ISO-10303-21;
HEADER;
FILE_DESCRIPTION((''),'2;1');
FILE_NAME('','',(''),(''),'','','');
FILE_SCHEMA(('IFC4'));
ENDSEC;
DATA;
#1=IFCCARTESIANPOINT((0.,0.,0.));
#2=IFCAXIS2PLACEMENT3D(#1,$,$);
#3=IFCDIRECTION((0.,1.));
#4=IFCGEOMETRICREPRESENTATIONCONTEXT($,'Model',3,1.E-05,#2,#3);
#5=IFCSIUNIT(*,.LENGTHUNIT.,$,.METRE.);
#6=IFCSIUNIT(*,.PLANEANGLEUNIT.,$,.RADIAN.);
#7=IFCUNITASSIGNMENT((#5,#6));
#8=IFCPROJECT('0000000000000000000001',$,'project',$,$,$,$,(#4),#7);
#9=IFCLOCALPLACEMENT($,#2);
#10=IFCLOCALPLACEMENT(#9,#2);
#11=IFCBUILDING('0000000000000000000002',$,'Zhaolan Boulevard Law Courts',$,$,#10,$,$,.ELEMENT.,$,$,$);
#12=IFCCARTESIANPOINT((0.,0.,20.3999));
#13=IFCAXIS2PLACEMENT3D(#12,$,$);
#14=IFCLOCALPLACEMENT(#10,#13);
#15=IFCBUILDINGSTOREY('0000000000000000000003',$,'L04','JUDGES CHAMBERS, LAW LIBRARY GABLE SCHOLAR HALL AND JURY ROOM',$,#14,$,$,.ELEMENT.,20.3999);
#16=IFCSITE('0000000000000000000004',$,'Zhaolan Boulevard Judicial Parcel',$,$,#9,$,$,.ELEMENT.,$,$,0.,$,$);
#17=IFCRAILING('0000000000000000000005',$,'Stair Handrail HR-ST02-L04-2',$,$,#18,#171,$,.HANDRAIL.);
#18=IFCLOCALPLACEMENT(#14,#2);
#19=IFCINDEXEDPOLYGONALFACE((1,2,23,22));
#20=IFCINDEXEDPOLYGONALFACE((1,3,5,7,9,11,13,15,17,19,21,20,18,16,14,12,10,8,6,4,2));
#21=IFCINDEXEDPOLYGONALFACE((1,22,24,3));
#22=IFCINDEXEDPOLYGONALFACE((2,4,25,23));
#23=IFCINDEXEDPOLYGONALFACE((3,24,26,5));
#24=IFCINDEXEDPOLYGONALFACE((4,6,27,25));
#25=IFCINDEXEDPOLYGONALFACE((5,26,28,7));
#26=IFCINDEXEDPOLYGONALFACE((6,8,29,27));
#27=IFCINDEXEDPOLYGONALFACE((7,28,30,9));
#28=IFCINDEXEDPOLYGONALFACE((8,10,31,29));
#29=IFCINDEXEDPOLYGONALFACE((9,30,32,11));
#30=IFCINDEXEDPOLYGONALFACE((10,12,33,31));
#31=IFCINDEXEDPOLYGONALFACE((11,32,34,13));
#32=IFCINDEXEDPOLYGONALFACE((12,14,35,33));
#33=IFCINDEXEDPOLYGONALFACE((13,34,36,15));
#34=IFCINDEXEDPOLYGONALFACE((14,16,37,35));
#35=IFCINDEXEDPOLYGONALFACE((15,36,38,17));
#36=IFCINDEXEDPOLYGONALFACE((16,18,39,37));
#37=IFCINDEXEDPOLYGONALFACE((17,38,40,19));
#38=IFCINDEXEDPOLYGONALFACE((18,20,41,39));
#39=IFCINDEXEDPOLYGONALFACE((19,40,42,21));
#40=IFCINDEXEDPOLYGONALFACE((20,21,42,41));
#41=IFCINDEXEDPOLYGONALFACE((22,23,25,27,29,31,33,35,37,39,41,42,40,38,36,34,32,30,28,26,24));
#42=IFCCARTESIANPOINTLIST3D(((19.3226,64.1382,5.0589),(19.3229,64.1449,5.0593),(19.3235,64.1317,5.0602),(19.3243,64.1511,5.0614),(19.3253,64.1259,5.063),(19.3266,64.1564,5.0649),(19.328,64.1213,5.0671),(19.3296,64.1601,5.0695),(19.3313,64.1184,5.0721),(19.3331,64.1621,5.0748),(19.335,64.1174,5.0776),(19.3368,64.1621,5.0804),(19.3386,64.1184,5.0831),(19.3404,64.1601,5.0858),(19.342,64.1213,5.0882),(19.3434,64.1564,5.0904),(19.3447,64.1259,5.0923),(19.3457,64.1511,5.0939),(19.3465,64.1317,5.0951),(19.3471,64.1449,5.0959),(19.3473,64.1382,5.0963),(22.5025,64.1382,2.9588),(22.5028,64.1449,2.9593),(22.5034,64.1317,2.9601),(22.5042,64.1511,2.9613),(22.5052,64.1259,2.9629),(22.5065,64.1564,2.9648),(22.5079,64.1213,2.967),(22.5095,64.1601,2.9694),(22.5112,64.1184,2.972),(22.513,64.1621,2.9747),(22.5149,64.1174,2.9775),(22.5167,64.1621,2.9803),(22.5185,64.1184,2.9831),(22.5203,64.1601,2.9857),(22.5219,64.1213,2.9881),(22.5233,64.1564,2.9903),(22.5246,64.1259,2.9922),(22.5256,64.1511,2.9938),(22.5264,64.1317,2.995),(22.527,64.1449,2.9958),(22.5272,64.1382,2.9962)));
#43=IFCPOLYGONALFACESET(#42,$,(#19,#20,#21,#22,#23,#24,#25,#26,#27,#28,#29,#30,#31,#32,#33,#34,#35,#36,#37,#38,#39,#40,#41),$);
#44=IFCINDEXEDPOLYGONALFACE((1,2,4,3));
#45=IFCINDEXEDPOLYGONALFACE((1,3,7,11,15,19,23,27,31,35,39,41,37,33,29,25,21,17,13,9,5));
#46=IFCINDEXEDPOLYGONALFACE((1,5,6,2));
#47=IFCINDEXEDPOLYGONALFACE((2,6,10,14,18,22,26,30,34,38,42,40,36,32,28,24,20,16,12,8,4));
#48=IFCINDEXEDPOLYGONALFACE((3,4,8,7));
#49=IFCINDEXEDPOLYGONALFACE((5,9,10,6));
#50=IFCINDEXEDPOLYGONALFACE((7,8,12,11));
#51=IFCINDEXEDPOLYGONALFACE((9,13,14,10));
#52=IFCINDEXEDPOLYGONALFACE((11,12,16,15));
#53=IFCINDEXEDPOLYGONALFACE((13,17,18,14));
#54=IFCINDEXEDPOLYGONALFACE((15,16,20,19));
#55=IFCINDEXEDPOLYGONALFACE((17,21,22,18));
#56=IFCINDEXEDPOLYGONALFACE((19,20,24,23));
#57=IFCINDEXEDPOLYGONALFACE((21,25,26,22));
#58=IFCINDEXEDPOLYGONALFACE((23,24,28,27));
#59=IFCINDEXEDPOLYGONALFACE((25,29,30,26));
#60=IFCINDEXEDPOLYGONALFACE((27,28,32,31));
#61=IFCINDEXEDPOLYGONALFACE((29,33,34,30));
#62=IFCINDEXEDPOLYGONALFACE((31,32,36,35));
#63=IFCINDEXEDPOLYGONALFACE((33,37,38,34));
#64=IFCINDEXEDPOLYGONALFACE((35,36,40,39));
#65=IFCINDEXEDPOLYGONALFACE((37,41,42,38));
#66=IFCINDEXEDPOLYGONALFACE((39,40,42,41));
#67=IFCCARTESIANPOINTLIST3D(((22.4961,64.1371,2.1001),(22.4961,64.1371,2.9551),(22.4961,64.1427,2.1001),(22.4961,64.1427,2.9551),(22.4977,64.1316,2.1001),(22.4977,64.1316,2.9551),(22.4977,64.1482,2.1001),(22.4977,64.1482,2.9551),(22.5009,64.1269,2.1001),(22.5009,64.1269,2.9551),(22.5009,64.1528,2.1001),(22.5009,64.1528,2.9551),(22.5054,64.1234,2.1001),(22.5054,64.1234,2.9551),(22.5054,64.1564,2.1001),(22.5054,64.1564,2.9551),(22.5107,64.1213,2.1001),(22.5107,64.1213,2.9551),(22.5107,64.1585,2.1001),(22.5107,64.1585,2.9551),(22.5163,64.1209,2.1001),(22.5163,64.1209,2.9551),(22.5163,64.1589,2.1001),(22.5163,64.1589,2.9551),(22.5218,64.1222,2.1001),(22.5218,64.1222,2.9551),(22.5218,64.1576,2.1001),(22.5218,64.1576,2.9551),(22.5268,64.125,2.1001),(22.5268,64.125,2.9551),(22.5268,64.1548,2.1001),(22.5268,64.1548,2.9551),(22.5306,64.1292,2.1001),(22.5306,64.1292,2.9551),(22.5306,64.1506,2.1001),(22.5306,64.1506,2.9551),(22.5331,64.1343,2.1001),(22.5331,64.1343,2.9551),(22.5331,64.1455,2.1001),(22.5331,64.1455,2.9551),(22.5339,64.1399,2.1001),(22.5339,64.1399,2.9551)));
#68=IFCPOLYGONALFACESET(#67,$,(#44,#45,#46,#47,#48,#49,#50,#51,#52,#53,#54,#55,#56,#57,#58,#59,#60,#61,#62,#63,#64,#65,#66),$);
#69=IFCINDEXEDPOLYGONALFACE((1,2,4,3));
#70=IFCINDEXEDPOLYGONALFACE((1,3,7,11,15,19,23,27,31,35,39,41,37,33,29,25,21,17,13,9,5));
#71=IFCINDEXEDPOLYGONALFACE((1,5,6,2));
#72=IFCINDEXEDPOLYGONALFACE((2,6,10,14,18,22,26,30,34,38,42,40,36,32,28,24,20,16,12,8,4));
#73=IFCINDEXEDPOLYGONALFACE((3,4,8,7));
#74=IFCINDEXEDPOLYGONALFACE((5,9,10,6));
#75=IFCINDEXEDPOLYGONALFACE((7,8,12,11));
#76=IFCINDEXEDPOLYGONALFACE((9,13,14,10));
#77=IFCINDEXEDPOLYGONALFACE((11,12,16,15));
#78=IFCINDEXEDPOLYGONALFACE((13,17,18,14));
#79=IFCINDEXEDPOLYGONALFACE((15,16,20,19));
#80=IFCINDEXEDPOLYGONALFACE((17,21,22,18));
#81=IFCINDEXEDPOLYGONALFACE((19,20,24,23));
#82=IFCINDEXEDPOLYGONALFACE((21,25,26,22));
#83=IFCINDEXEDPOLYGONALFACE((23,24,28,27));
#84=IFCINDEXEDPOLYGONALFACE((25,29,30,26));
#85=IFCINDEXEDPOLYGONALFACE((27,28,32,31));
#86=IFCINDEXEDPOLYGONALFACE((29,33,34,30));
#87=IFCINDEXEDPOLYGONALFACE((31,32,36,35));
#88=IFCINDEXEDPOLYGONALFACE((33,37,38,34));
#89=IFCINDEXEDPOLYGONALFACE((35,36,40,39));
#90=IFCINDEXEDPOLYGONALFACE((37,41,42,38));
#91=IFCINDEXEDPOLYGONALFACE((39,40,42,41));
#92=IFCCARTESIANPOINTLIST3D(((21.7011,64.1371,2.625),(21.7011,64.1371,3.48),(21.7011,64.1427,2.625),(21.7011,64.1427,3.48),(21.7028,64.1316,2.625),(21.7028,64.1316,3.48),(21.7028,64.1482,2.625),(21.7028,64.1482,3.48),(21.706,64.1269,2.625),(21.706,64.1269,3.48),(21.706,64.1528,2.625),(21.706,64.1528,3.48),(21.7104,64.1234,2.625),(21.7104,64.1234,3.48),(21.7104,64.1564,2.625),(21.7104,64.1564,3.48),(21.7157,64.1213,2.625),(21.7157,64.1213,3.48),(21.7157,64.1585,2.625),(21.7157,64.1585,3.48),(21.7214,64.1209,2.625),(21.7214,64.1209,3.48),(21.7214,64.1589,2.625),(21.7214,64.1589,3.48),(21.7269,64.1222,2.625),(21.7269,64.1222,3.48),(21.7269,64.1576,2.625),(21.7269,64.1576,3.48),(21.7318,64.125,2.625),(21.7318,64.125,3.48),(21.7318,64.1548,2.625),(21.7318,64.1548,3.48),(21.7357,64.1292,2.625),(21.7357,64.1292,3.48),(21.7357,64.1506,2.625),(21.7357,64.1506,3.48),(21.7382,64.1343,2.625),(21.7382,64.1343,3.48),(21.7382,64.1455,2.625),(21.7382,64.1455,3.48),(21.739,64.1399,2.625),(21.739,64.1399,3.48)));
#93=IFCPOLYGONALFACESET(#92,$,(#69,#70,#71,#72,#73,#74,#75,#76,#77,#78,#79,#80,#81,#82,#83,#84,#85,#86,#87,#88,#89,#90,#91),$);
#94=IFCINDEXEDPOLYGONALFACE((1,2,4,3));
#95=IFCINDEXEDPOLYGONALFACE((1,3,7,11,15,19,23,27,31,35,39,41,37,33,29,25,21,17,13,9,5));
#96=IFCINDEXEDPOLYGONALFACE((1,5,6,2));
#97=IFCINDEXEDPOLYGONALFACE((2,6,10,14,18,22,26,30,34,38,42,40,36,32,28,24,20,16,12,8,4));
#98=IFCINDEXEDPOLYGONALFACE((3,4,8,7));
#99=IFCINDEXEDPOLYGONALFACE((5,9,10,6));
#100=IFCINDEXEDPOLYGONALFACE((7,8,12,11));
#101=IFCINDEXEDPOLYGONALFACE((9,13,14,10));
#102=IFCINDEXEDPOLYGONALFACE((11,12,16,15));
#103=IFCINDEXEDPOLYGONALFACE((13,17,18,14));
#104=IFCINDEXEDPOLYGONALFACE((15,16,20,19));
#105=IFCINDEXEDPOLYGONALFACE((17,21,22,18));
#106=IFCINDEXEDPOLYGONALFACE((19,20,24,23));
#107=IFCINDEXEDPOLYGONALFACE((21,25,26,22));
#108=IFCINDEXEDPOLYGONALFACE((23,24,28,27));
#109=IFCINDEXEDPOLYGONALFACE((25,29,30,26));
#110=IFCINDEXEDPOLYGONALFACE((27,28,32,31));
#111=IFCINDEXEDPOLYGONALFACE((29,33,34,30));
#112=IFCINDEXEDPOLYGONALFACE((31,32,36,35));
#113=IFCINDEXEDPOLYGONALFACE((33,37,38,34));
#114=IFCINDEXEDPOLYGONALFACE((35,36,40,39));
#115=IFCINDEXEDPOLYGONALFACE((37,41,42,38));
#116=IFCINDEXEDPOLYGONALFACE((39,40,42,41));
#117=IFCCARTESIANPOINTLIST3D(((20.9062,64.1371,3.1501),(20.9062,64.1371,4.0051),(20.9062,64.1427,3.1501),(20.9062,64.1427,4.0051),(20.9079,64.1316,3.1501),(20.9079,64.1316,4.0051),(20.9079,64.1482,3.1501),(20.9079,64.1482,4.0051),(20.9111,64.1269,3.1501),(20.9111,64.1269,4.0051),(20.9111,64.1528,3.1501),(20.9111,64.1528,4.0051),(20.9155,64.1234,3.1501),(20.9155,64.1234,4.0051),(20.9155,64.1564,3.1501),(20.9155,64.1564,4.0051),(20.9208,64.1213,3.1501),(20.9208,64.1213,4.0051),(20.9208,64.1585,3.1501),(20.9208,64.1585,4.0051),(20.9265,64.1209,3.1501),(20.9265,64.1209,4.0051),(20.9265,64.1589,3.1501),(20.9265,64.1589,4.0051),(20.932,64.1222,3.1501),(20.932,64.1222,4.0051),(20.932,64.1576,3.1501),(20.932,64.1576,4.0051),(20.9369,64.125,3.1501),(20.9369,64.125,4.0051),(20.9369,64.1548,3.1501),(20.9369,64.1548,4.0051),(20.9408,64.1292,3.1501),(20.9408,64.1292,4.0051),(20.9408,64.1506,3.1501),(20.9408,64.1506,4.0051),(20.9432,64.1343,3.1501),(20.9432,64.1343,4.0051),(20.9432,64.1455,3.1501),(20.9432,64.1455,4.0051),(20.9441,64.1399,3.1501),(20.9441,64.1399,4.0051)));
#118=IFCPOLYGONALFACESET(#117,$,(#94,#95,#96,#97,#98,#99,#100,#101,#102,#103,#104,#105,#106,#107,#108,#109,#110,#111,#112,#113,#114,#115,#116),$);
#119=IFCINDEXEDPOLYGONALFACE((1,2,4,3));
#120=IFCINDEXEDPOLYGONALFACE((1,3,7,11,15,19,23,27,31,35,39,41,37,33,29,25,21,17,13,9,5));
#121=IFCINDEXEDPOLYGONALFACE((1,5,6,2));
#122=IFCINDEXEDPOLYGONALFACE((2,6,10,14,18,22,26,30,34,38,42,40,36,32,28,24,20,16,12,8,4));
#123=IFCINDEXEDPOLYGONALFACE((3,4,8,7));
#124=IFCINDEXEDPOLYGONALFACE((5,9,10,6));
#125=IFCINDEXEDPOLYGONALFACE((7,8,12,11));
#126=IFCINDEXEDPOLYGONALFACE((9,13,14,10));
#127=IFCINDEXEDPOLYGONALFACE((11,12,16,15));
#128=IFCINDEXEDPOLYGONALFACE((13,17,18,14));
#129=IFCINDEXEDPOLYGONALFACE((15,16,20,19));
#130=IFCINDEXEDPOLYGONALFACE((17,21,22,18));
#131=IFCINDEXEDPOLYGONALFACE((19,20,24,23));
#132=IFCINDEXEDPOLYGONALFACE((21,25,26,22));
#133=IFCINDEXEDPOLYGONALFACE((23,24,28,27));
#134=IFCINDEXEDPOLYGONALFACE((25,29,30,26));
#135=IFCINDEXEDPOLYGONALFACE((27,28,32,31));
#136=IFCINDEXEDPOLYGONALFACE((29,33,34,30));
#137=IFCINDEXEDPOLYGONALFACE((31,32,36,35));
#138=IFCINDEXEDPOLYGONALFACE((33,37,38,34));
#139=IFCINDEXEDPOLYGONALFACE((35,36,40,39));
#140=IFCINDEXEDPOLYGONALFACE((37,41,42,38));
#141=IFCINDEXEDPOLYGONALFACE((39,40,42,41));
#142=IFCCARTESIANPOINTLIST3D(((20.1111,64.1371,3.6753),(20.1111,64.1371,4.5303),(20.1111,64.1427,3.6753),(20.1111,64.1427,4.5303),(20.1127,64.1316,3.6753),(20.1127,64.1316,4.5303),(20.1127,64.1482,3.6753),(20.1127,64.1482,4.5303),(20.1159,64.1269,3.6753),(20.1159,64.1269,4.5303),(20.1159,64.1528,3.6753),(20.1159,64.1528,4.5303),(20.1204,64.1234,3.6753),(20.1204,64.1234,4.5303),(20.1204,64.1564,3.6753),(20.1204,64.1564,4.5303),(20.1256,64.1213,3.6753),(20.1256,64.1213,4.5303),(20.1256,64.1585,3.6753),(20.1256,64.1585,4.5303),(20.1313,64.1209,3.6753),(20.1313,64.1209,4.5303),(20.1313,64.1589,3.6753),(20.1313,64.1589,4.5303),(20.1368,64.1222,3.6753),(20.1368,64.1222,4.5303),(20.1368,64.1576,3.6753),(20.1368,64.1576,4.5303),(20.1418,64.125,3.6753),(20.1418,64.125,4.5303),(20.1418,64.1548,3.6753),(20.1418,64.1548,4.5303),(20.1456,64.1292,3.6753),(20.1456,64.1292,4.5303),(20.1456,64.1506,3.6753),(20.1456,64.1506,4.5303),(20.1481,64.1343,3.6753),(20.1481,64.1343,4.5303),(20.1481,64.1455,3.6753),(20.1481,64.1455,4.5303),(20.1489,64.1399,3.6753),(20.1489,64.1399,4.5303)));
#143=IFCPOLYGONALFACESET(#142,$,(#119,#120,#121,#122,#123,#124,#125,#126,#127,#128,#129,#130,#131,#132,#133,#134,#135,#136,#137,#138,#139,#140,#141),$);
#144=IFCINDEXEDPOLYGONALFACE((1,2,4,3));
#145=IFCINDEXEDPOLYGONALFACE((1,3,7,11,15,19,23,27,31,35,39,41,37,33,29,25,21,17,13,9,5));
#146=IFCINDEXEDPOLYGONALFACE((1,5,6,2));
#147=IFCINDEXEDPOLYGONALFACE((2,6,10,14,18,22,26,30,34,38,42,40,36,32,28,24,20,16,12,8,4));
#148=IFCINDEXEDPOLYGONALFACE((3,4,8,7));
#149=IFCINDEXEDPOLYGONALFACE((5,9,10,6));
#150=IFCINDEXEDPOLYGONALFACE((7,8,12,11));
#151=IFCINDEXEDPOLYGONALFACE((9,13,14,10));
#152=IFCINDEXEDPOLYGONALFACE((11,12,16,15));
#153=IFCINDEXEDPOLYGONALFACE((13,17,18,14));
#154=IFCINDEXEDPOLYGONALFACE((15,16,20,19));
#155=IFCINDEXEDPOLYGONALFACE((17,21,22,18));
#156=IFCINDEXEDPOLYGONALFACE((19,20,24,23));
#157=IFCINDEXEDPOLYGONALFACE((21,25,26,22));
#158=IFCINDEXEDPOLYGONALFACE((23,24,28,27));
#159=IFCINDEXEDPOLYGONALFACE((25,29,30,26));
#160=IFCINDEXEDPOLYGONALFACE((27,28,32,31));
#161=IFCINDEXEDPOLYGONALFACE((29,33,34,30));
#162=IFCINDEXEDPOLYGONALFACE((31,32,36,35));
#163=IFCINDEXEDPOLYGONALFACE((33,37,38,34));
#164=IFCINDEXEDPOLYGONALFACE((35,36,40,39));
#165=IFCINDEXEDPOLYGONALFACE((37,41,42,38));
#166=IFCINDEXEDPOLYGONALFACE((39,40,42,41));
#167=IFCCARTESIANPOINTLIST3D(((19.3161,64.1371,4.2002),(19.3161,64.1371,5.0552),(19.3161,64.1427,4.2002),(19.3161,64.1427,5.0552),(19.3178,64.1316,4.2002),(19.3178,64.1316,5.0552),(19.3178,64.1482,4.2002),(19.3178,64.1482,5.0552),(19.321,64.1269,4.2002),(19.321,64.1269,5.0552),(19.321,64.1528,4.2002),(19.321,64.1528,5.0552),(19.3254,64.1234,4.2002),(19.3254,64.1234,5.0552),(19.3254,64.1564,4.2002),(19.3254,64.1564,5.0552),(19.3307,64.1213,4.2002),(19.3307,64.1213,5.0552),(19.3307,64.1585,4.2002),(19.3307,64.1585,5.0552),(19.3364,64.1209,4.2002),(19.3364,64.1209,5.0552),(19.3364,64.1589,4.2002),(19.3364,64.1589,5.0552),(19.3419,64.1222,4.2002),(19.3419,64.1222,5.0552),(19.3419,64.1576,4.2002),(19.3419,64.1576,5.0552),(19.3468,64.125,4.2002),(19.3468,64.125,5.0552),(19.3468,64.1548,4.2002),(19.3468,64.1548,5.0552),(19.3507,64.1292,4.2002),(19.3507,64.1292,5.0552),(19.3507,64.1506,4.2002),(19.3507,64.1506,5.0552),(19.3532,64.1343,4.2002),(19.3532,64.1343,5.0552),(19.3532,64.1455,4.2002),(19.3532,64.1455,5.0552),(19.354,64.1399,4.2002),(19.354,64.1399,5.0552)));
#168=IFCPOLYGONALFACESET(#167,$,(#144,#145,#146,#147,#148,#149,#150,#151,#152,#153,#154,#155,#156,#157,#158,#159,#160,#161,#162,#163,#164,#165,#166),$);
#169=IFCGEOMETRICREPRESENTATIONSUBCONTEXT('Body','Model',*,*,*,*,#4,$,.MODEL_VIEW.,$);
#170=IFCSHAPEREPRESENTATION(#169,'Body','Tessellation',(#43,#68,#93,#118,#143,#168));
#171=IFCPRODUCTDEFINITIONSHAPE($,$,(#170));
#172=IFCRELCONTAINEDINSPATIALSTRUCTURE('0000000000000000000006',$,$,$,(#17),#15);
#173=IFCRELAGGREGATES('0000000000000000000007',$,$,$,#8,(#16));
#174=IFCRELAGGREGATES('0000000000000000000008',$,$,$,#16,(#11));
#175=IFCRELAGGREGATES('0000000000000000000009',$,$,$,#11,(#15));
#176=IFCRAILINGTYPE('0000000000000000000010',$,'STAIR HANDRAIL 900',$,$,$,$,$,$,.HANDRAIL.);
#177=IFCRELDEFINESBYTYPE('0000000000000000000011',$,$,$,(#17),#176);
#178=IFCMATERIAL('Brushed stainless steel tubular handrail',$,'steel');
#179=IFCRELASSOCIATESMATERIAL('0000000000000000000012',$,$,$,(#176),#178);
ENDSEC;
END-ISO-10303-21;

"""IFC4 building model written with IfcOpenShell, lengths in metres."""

from ifc_helpers import new_model, si_unit, direction, frame, origin, origin_2d, place, context, subcontext, project, spatial, circle, extrude, material, type_object, element, save


model = new_model("IFC4")

# Units and contexts
model_context = context("Model", 3, precision=1e-05, world=origin(), true_north=direction((0.0, 1.0)))
body_context = subcontext(model_context, "Body", "Model", "MODEL_VIEW")
ifc_project = project(units=[si_unit("LENGTHUNIT", "METRE"), si_unit("PLANEANGLEUNIT", "RADIAN")], contexts=[model_context])

# Site, building, storey
site_placement = place(None, origin())
site = spatial("IfcSite", under=ifc_project, at=site_placement, Name="Zhaolan Boulevard Judicial Parcel", CompositionType="ELEMENT", RefElevation=0.0)
building_placement = place(site_placement, origin())
building = spatial("IfcBuilding", under=site, at=building_placement, Name="Zhaolan Boulevard Law Courts", CompositionType="ELEMENT")
storey_placement = place(building_placement, frame((0.0, 0.0, 20.3999)))
storey = spatial("IfcBuildingStorey", under=building, at=storey_placement, Name="L04", Description="JUDGES CHAMBERS, LAW LIBRARY GABLE SCHOLAR HALL AND JURY ROOM", CompositionType="ELEMENT", Elevation=20.3999)

# Railing
ifc_material_1 = material(Name="Brushed stainless steel tubular handrail", Category="steel")
railing_type_1 = type_object("IfcRailingType", Name="STAIR HANDRAIL 900", PredefinedType="HANDRAIL", material=ifc_material_1)
railing_1_placement = place(storey_placement, frame((22.5149, 64.1399, 2.1001)))
element("IfcRailing", 1, at=railing_1_placement, inside=storey, type_object=railing_type_1, Name="Stair Handrail HR-ST02-L04-2", PredefinedType="HANDRAIL", context=body_context, shape_type="SweptSolid", body=[
    extrude(circle(Radius=0.0225, at=origin_2d()), frame((0.0, 0.0, 0.8774), z_axis=(-0.834447, 0.0, 0.551088), x_axis=(0.0, -1.0, 0.0)), (0.0, 0.0, 1.0), 3.8108),
    extrude(circle(Radius=0.019, at=origin_2d()), origin(), (0.0, 0.0, 1.0), 0.855),
    extrude(circle(Radius=0.019, at=origin_2d()), frame((-0.7949, 0.0, 0.5249)), (0.0, 0.0, 1.0), 0.855),
    extrude(circle(Radius=0.019, at=origin_2d()), frame((-1.5898, 0.0, 1.05)), (0.0, 0.0, 1.0), 0.855),
    extrude(circle(Radius=0.019, at=origin_2d()), frame((-2.385, 0.0, 1.5752)), (0.0, 0.0, 1.0), 0.855),
    extrude(circle(Radius=0.019, at=origin_2d()), frame((-3.1799, 0.0, 2.1001)), (0.0, 0.0, 1.0), 0.855),
])

save(model, "model.ifc")
